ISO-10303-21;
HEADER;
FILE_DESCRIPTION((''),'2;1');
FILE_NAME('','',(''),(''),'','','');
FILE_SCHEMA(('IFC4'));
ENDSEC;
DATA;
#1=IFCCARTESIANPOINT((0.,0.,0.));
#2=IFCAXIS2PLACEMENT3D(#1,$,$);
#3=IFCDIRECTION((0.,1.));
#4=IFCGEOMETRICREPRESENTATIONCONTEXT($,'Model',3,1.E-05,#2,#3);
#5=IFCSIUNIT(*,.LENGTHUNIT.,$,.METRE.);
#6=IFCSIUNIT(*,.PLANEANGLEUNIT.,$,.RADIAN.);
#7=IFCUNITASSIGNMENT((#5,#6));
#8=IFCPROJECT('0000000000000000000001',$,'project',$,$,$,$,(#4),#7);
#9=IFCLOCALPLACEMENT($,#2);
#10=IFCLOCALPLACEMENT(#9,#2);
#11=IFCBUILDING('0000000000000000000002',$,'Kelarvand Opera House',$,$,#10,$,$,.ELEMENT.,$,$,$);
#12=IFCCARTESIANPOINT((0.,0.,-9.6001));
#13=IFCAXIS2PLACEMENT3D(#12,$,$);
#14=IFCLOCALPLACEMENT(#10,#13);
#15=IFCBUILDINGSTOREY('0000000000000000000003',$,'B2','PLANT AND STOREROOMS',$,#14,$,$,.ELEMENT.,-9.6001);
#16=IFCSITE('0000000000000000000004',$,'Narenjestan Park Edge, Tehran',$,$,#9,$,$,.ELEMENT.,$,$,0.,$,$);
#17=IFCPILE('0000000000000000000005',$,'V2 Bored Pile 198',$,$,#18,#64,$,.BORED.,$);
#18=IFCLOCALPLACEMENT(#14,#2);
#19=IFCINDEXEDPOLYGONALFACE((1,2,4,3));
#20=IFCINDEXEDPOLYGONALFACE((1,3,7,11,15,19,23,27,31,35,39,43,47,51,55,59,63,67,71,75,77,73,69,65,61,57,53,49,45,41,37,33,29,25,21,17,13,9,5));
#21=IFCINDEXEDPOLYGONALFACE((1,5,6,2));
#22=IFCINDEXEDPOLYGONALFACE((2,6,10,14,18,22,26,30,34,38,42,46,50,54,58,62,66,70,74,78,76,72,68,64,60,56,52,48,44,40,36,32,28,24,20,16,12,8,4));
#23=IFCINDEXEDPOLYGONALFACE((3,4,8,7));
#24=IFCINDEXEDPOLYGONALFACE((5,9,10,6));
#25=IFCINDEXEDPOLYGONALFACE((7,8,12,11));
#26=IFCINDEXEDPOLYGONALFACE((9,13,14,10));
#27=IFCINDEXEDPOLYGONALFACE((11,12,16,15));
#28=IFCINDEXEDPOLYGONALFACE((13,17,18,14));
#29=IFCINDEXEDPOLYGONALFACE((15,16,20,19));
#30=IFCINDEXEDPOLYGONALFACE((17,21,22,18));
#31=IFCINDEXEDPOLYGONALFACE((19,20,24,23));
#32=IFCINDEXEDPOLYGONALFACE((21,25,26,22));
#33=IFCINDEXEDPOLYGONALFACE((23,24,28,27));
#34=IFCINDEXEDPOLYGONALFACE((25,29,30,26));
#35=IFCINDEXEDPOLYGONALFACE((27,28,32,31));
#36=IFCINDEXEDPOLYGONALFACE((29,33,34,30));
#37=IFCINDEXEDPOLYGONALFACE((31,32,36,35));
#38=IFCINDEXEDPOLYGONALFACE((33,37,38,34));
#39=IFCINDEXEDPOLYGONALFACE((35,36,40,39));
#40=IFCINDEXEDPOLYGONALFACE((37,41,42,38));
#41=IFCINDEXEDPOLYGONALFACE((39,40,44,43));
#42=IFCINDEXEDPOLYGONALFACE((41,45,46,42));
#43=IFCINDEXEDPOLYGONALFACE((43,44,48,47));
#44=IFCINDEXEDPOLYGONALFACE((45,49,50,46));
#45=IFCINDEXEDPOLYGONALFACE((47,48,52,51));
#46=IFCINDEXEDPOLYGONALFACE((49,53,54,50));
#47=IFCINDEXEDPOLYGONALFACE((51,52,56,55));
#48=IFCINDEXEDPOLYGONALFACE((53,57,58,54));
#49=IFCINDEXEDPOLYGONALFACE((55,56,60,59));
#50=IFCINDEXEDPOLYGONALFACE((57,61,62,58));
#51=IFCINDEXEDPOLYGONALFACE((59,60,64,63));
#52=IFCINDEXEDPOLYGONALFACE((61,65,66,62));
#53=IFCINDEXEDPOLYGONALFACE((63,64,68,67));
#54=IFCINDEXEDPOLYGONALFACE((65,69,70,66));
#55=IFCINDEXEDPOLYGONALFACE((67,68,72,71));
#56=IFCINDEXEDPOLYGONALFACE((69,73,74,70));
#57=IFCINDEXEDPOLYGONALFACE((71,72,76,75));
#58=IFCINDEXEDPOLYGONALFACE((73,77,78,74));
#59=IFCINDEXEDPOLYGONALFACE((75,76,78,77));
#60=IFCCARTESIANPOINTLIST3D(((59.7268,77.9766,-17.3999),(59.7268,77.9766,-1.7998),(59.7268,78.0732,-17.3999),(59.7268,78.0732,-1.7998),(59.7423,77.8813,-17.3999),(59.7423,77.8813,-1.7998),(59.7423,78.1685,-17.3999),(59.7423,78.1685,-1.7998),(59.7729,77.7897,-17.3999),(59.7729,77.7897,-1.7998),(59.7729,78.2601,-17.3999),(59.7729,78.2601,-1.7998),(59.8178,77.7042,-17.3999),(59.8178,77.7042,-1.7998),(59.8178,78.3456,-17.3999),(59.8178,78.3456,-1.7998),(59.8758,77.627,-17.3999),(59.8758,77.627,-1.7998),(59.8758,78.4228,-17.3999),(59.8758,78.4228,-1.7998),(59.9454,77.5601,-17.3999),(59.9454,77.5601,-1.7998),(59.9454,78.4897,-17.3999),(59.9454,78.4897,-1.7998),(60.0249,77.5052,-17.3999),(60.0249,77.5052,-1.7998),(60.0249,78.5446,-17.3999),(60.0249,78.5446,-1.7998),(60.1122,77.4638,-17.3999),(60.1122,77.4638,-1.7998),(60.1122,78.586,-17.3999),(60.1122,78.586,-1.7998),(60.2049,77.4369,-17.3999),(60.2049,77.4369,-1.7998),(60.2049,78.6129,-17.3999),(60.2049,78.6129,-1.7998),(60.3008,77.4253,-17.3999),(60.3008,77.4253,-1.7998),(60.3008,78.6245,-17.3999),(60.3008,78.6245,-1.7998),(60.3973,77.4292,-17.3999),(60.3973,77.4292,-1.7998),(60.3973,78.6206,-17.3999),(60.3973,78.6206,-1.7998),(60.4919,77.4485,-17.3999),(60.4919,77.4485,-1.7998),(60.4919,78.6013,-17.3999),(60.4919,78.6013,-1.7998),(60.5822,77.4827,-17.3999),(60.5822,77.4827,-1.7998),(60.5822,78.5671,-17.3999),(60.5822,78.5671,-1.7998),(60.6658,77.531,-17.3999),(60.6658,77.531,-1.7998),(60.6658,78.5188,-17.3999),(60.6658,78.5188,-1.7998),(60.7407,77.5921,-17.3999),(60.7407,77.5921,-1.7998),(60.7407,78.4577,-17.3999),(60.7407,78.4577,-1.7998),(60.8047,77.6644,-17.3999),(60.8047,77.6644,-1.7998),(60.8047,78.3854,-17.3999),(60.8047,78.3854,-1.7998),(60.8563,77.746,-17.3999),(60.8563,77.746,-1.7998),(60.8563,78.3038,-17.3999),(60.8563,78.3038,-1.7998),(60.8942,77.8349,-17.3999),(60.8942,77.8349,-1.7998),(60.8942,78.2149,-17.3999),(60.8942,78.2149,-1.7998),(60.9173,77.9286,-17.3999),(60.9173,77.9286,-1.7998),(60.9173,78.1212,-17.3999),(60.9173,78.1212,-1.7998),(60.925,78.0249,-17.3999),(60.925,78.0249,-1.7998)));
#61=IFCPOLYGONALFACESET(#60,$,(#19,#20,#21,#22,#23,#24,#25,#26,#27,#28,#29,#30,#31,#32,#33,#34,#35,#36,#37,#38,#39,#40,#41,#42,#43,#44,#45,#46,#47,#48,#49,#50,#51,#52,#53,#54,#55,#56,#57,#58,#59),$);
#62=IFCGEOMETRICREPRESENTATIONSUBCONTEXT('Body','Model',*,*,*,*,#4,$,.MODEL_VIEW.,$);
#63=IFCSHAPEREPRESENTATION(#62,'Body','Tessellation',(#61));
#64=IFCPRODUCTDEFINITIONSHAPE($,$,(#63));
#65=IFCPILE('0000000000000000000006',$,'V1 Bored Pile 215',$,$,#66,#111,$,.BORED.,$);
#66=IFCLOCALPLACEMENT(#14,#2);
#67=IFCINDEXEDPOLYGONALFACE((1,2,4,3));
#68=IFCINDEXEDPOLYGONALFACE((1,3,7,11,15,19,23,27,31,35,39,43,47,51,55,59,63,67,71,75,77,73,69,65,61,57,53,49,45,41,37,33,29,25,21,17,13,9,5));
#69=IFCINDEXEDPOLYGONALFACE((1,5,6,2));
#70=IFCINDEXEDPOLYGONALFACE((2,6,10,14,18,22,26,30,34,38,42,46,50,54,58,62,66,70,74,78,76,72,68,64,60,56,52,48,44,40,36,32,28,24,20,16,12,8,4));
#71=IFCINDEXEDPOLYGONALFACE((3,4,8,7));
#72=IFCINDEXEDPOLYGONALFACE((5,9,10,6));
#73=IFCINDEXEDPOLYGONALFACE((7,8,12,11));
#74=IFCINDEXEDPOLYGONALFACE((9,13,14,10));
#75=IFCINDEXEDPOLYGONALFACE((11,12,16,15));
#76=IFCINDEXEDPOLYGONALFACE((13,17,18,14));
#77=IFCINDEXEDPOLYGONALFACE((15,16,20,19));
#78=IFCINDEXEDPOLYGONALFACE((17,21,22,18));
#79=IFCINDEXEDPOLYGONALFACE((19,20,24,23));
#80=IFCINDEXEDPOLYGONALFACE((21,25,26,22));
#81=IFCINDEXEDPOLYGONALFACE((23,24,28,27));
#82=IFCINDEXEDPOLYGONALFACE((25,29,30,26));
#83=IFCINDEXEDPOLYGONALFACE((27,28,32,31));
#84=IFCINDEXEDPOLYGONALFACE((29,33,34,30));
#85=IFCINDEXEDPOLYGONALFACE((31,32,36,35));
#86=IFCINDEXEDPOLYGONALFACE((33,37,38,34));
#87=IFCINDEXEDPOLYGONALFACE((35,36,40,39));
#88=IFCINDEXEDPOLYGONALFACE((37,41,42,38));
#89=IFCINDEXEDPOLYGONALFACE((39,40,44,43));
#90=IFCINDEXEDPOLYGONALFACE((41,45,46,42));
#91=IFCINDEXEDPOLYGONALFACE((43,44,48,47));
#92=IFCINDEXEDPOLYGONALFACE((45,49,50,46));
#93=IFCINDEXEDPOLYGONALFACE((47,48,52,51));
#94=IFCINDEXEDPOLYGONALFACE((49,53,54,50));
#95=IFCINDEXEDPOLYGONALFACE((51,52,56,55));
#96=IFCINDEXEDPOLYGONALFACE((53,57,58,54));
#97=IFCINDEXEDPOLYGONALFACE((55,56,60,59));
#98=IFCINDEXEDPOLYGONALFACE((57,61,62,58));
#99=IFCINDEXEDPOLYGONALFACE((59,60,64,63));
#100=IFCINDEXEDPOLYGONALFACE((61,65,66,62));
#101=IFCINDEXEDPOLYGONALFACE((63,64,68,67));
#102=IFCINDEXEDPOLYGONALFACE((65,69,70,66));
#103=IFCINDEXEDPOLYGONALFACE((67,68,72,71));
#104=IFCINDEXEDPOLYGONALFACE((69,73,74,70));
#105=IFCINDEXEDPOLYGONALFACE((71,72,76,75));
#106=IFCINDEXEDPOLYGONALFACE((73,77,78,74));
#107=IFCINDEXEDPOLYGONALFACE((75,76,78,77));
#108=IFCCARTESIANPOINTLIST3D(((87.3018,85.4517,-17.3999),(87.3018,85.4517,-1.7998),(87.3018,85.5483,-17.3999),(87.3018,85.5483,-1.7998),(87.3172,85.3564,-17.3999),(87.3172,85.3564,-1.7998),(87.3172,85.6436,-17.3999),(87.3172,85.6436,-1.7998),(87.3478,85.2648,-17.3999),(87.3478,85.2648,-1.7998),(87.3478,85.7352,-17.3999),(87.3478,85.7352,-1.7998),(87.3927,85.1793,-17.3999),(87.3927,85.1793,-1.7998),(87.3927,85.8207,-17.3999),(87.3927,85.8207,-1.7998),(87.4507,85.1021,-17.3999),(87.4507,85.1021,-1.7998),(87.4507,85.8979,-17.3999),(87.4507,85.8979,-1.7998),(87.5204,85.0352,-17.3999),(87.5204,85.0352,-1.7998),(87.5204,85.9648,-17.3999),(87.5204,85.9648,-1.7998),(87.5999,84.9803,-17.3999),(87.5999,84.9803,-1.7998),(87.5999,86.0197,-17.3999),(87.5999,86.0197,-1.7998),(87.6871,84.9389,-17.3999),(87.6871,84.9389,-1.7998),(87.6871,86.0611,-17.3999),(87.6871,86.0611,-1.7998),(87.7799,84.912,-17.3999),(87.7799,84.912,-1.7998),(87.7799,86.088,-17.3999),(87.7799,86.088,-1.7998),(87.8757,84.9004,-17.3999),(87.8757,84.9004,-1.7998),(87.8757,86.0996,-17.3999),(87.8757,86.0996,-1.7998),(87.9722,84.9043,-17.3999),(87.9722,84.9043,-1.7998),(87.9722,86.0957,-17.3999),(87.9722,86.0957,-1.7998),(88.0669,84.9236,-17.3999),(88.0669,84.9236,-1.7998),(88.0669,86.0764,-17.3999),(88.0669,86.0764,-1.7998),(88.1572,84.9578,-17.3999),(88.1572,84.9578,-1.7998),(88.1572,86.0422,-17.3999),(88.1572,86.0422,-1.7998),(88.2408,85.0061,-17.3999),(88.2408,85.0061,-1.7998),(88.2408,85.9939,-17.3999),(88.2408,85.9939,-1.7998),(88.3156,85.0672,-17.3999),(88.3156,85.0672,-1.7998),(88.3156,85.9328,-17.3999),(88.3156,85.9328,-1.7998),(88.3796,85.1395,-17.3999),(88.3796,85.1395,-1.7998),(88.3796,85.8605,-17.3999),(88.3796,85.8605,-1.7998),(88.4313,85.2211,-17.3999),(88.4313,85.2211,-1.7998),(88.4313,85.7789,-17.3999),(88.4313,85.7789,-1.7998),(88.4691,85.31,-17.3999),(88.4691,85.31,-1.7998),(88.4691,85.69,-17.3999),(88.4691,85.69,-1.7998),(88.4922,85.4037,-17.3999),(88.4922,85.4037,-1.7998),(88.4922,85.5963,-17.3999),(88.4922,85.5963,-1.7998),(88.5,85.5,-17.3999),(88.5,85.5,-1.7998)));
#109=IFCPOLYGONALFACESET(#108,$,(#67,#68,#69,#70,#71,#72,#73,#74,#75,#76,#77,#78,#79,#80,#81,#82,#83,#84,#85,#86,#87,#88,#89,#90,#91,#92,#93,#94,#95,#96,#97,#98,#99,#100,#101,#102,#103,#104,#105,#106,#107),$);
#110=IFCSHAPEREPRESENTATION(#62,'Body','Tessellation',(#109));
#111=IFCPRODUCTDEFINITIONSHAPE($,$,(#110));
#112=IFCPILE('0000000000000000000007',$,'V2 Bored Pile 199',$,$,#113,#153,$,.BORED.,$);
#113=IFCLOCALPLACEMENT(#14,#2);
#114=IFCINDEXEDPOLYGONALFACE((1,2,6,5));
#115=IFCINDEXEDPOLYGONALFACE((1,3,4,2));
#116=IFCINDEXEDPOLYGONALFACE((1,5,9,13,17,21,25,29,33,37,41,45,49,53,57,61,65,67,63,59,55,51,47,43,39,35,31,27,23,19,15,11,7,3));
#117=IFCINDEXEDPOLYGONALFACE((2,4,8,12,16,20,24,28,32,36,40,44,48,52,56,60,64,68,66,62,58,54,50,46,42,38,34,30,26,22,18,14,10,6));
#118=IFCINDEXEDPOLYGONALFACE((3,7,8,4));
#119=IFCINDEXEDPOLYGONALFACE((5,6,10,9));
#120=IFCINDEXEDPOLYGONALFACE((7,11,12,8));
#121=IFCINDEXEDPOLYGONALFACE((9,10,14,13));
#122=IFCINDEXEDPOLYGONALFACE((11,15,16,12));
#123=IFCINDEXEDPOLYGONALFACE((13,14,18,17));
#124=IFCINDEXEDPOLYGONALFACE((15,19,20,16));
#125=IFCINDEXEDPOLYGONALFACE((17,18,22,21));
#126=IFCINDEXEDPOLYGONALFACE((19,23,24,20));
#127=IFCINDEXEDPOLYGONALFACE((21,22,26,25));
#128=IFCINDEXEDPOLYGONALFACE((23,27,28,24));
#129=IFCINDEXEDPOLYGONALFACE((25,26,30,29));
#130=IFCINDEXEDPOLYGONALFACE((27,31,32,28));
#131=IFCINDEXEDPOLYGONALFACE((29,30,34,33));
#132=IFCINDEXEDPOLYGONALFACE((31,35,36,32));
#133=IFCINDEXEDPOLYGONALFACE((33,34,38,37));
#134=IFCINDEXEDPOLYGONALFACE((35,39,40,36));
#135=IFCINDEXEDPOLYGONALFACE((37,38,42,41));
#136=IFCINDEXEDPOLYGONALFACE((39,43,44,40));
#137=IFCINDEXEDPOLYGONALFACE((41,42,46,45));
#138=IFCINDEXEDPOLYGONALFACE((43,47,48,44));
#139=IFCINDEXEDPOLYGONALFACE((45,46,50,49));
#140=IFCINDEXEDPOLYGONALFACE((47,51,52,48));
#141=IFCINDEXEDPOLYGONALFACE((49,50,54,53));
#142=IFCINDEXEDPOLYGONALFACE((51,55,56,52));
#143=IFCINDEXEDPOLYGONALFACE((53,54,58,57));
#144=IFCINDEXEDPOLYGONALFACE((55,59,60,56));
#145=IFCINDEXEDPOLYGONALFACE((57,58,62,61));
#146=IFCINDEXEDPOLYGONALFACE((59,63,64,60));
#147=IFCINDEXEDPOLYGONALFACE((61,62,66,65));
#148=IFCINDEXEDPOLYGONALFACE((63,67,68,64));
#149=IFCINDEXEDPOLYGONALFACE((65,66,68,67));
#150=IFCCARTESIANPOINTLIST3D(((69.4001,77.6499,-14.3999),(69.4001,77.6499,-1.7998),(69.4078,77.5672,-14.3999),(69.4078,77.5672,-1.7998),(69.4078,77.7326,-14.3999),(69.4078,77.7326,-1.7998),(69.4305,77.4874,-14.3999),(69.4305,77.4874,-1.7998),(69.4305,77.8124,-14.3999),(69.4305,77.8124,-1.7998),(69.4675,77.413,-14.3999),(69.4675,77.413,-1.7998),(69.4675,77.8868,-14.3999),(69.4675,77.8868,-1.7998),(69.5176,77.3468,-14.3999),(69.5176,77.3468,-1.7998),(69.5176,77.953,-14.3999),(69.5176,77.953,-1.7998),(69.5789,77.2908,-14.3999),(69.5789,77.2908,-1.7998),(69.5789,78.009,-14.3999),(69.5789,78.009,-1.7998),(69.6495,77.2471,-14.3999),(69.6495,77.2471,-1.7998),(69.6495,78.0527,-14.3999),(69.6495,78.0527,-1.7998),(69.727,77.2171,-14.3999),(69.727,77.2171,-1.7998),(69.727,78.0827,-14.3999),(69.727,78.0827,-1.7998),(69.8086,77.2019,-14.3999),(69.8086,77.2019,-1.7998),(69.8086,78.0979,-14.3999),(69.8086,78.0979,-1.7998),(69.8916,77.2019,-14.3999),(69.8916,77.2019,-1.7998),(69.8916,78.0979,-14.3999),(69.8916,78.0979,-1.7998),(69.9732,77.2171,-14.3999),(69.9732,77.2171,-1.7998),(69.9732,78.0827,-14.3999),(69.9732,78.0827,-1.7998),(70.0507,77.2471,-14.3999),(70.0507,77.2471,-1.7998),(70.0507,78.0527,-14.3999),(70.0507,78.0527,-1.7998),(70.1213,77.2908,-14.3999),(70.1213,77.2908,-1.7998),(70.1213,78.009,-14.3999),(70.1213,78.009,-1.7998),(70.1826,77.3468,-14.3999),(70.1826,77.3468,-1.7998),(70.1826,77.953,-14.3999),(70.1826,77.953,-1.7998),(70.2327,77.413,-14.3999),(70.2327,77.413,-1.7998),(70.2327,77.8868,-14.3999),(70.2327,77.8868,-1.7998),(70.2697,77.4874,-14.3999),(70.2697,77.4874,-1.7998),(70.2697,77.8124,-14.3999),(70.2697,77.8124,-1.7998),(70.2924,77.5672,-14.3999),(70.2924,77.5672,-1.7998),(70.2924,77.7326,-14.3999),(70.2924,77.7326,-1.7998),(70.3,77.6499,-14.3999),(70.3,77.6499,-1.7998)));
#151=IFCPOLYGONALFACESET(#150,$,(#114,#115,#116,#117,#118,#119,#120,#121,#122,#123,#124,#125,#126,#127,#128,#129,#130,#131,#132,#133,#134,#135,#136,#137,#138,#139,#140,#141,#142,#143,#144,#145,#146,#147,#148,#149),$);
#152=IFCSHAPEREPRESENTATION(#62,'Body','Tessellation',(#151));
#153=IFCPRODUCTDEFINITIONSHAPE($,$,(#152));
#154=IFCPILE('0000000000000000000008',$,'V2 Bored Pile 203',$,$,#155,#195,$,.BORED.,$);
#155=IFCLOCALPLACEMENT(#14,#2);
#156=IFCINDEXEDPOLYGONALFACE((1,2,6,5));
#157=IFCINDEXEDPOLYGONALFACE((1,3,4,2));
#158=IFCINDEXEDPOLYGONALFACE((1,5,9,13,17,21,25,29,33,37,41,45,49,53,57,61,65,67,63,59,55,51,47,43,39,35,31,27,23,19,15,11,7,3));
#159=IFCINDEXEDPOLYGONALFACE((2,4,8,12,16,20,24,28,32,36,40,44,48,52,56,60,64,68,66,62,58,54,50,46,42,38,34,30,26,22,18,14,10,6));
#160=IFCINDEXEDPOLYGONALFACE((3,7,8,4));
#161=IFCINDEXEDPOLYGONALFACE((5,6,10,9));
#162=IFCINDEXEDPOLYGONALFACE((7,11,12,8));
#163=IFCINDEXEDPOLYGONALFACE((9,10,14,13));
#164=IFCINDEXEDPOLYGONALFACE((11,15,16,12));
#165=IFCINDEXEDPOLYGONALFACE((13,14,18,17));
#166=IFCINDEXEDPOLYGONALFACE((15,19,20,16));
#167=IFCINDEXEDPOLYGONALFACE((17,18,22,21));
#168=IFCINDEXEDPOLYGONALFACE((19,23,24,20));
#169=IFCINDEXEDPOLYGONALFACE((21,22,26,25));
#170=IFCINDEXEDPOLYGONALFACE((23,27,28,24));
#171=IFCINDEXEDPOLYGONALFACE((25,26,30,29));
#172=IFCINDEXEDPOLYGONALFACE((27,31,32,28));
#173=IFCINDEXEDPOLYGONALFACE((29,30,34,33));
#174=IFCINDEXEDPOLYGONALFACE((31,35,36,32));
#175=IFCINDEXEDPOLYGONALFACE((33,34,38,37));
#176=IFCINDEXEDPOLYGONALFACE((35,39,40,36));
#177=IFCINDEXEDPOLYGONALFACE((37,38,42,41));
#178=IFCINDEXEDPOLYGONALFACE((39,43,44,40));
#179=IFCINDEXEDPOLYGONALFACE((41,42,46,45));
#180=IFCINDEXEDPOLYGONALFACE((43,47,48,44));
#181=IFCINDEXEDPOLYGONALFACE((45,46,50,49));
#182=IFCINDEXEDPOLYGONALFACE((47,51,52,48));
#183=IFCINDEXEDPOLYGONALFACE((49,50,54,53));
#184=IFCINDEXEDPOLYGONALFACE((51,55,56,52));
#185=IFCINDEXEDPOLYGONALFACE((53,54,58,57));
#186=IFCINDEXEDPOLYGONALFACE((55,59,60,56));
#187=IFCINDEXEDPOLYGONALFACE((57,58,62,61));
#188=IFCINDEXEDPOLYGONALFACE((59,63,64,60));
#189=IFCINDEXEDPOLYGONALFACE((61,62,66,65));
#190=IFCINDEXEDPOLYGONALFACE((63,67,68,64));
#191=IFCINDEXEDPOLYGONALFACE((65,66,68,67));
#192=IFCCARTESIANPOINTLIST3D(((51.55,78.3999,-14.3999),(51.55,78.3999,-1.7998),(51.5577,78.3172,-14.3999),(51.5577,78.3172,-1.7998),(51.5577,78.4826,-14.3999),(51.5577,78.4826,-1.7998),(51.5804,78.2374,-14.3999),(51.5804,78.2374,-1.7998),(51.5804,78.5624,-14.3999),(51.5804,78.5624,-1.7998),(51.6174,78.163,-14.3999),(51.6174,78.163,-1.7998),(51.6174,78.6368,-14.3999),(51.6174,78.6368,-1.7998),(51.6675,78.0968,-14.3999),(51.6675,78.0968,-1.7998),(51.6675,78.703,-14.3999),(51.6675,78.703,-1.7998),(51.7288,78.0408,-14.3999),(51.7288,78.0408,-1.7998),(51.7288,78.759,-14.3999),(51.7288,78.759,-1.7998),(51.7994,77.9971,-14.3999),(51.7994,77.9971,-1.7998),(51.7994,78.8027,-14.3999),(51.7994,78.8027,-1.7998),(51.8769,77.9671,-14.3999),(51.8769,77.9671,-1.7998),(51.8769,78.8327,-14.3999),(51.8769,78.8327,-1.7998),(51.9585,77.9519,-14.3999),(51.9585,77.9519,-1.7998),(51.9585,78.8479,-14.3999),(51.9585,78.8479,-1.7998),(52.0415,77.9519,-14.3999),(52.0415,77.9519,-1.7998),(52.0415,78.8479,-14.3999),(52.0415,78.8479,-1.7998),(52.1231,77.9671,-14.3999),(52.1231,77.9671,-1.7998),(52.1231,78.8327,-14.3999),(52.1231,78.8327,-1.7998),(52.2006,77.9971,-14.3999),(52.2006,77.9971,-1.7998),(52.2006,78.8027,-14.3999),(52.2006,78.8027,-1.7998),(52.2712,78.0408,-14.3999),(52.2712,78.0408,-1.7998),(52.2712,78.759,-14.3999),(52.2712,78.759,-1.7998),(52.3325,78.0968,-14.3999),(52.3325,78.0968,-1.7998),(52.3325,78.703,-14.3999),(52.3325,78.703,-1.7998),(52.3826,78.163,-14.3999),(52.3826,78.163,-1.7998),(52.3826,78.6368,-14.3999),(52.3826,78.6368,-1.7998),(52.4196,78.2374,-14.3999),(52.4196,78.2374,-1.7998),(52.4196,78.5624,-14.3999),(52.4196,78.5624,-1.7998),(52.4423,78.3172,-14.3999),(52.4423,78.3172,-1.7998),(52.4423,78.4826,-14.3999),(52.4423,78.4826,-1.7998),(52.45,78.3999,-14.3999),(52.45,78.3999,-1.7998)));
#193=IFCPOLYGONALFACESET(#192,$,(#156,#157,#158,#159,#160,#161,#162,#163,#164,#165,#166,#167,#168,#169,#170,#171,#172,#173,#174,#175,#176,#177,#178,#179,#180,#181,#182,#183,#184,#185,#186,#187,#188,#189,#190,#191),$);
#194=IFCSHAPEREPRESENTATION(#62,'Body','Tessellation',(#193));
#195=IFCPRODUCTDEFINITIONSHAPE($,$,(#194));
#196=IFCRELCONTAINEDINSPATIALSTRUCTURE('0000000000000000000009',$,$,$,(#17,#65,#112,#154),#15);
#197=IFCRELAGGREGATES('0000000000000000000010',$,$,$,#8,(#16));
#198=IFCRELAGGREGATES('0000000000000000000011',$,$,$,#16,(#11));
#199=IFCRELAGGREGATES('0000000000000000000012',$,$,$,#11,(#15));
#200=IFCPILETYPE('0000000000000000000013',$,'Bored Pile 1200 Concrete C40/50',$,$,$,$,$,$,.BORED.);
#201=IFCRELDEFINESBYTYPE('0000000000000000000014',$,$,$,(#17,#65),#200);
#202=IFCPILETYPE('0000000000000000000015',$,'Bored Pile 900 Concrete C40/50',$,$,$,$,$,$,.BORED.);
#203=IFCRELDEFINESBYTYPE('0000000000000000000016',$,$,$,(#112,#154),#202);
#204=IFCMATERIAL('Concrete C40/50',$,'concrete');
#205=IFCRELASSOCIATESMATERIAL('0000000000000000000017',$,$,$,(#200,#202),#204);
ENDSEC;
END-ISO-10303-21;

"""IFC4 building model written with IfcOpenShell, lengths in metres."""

from ifc_helpers import new_model, si_unit, direction, frame, origin, origin_2d, place, context, subcontext, project, spatial, circle, extrude, material, material_profile, profile_set, type_object, element, save


model = new_model("IFC4")

# Units and contexts
model_context = context("Model", 3, precision=1e-05, world=origin(), true_north=direction((0.0, 1.0)))
body_context = subcontext(model_context, "Body", "Model", "MODEL_VIEW")
ifc_project = project(units=[si_unit("LENGTHUNIT", "METRE"), si_unit("PLANEANGLEUNIT", "RADIAN")], contexts=[model_context])

# Site, building, storey
site_placement = place(None, origin())
site = spatial("IfcSite", under=ifc_project, at=site_placement, Name="Narenjestan Park Edge, Tehran", CompositionType="ELEMENT", RefElevation=0.0)
building_placement = place(site_placement, origin())
building = spatial("IfcBuilding", under=site, at=building_placement, Name="Kelarvand Opera House", CompositionType="ELEMENT")
storey_placement = place(building_placement, frame((0.0, 0.0, -9.6001)))
storey = spatial("IfcBuildingStorey", under=building, at=storey_placement, Name="B2", Description="PLANT AND STOREROOMS", CompositionType="ELEMENT", Elevation=-9.6001)

# Piles
ifc_material_1 = material(Name="Concrete C40/50", Category="concrete")
ifc_material_profile_1 = material_profile(ifc_material_1, circle(Radius=0.6001, at=origin_2d()), Name="BP 1200", Category="concrete")
ifc_profile_set_1 = profile_set([ifc_material_profile_1], Name="Concrete C40/50")
pile_type_1 = type_object("IfcPileType", Name="Bored Pile 1200 Concrete C40/50", PredefinedType="BORED", material=ifc_profile_set_1)
for number, where, z_axis, x_axis, name in (
    (1, (60.325, 78.0249, -1.7998), (0.0, 0.0, -1.0), (1.0, 0.0, 0.0), "V2 Bored Pile 198"),
    (2, (87.8999, 85.5, -1.7998), (0.0, 0.0, -1.0), (1.0, 0.0, 0.0), "V1 Bored Pile 215"),
):
    element("IfcPile", number, at=place(storey_placement, frame(where, z_axis=z_axis, x_axis=x_axis)), inside=storey, type_object=pile_type_1, Name=name, PredefinedType="BORED", context=body_context, shape_type="SweptSolid", body=[
        extrude(circle(Radius=0.6001, at=origin_2d()), origin(), (0.0, 0.0, 1.0), 15.6001),
    ])
ifc_material_profile_2 = material_profile(ifc_material_1, circle(Radius=0.45, at=origin_2d()), Name="BP 900", Category="concrete")
ifc_profile_set_2 = profile_set([ifc_material_profile_2], Name="Concrete C40/50")
pile_type_2 = type_object("IfcPileType", Name="Bored Pile 900 Concrete C40/50", PredefinedType="BORED", material=ifc_profile_set_2)
for number, where, z_axis, x_axis, name in (
    (3, (69.8501, 77.6499, -1.7998), (0.0, 0.0, -1.0), (1.0, 0.0, 0.0), "V2 Bored Pile 199"),
    (4, (52.0, 78.3999, -1.7998), (0.0, 0.0, -1.0), (1.0, 0.0, 0.0), "V2 Bored Pile 203"),
):
    element("IfcPile", number, at=place(storey_placement, frame(where, z_axis=z_axis, x_axis=x_axis)), inside=storey, type_object=pile_type_2, Name=name, PredefinedType="BORED", context=body_context, shape_type="SweptSolid", body=[
        extrude(circle(Radius=0.45, at=origin_2d()), origin(), (0.0, 0.0, 1.0), 12.6001),
    ])

save(model, "model.ifc")
